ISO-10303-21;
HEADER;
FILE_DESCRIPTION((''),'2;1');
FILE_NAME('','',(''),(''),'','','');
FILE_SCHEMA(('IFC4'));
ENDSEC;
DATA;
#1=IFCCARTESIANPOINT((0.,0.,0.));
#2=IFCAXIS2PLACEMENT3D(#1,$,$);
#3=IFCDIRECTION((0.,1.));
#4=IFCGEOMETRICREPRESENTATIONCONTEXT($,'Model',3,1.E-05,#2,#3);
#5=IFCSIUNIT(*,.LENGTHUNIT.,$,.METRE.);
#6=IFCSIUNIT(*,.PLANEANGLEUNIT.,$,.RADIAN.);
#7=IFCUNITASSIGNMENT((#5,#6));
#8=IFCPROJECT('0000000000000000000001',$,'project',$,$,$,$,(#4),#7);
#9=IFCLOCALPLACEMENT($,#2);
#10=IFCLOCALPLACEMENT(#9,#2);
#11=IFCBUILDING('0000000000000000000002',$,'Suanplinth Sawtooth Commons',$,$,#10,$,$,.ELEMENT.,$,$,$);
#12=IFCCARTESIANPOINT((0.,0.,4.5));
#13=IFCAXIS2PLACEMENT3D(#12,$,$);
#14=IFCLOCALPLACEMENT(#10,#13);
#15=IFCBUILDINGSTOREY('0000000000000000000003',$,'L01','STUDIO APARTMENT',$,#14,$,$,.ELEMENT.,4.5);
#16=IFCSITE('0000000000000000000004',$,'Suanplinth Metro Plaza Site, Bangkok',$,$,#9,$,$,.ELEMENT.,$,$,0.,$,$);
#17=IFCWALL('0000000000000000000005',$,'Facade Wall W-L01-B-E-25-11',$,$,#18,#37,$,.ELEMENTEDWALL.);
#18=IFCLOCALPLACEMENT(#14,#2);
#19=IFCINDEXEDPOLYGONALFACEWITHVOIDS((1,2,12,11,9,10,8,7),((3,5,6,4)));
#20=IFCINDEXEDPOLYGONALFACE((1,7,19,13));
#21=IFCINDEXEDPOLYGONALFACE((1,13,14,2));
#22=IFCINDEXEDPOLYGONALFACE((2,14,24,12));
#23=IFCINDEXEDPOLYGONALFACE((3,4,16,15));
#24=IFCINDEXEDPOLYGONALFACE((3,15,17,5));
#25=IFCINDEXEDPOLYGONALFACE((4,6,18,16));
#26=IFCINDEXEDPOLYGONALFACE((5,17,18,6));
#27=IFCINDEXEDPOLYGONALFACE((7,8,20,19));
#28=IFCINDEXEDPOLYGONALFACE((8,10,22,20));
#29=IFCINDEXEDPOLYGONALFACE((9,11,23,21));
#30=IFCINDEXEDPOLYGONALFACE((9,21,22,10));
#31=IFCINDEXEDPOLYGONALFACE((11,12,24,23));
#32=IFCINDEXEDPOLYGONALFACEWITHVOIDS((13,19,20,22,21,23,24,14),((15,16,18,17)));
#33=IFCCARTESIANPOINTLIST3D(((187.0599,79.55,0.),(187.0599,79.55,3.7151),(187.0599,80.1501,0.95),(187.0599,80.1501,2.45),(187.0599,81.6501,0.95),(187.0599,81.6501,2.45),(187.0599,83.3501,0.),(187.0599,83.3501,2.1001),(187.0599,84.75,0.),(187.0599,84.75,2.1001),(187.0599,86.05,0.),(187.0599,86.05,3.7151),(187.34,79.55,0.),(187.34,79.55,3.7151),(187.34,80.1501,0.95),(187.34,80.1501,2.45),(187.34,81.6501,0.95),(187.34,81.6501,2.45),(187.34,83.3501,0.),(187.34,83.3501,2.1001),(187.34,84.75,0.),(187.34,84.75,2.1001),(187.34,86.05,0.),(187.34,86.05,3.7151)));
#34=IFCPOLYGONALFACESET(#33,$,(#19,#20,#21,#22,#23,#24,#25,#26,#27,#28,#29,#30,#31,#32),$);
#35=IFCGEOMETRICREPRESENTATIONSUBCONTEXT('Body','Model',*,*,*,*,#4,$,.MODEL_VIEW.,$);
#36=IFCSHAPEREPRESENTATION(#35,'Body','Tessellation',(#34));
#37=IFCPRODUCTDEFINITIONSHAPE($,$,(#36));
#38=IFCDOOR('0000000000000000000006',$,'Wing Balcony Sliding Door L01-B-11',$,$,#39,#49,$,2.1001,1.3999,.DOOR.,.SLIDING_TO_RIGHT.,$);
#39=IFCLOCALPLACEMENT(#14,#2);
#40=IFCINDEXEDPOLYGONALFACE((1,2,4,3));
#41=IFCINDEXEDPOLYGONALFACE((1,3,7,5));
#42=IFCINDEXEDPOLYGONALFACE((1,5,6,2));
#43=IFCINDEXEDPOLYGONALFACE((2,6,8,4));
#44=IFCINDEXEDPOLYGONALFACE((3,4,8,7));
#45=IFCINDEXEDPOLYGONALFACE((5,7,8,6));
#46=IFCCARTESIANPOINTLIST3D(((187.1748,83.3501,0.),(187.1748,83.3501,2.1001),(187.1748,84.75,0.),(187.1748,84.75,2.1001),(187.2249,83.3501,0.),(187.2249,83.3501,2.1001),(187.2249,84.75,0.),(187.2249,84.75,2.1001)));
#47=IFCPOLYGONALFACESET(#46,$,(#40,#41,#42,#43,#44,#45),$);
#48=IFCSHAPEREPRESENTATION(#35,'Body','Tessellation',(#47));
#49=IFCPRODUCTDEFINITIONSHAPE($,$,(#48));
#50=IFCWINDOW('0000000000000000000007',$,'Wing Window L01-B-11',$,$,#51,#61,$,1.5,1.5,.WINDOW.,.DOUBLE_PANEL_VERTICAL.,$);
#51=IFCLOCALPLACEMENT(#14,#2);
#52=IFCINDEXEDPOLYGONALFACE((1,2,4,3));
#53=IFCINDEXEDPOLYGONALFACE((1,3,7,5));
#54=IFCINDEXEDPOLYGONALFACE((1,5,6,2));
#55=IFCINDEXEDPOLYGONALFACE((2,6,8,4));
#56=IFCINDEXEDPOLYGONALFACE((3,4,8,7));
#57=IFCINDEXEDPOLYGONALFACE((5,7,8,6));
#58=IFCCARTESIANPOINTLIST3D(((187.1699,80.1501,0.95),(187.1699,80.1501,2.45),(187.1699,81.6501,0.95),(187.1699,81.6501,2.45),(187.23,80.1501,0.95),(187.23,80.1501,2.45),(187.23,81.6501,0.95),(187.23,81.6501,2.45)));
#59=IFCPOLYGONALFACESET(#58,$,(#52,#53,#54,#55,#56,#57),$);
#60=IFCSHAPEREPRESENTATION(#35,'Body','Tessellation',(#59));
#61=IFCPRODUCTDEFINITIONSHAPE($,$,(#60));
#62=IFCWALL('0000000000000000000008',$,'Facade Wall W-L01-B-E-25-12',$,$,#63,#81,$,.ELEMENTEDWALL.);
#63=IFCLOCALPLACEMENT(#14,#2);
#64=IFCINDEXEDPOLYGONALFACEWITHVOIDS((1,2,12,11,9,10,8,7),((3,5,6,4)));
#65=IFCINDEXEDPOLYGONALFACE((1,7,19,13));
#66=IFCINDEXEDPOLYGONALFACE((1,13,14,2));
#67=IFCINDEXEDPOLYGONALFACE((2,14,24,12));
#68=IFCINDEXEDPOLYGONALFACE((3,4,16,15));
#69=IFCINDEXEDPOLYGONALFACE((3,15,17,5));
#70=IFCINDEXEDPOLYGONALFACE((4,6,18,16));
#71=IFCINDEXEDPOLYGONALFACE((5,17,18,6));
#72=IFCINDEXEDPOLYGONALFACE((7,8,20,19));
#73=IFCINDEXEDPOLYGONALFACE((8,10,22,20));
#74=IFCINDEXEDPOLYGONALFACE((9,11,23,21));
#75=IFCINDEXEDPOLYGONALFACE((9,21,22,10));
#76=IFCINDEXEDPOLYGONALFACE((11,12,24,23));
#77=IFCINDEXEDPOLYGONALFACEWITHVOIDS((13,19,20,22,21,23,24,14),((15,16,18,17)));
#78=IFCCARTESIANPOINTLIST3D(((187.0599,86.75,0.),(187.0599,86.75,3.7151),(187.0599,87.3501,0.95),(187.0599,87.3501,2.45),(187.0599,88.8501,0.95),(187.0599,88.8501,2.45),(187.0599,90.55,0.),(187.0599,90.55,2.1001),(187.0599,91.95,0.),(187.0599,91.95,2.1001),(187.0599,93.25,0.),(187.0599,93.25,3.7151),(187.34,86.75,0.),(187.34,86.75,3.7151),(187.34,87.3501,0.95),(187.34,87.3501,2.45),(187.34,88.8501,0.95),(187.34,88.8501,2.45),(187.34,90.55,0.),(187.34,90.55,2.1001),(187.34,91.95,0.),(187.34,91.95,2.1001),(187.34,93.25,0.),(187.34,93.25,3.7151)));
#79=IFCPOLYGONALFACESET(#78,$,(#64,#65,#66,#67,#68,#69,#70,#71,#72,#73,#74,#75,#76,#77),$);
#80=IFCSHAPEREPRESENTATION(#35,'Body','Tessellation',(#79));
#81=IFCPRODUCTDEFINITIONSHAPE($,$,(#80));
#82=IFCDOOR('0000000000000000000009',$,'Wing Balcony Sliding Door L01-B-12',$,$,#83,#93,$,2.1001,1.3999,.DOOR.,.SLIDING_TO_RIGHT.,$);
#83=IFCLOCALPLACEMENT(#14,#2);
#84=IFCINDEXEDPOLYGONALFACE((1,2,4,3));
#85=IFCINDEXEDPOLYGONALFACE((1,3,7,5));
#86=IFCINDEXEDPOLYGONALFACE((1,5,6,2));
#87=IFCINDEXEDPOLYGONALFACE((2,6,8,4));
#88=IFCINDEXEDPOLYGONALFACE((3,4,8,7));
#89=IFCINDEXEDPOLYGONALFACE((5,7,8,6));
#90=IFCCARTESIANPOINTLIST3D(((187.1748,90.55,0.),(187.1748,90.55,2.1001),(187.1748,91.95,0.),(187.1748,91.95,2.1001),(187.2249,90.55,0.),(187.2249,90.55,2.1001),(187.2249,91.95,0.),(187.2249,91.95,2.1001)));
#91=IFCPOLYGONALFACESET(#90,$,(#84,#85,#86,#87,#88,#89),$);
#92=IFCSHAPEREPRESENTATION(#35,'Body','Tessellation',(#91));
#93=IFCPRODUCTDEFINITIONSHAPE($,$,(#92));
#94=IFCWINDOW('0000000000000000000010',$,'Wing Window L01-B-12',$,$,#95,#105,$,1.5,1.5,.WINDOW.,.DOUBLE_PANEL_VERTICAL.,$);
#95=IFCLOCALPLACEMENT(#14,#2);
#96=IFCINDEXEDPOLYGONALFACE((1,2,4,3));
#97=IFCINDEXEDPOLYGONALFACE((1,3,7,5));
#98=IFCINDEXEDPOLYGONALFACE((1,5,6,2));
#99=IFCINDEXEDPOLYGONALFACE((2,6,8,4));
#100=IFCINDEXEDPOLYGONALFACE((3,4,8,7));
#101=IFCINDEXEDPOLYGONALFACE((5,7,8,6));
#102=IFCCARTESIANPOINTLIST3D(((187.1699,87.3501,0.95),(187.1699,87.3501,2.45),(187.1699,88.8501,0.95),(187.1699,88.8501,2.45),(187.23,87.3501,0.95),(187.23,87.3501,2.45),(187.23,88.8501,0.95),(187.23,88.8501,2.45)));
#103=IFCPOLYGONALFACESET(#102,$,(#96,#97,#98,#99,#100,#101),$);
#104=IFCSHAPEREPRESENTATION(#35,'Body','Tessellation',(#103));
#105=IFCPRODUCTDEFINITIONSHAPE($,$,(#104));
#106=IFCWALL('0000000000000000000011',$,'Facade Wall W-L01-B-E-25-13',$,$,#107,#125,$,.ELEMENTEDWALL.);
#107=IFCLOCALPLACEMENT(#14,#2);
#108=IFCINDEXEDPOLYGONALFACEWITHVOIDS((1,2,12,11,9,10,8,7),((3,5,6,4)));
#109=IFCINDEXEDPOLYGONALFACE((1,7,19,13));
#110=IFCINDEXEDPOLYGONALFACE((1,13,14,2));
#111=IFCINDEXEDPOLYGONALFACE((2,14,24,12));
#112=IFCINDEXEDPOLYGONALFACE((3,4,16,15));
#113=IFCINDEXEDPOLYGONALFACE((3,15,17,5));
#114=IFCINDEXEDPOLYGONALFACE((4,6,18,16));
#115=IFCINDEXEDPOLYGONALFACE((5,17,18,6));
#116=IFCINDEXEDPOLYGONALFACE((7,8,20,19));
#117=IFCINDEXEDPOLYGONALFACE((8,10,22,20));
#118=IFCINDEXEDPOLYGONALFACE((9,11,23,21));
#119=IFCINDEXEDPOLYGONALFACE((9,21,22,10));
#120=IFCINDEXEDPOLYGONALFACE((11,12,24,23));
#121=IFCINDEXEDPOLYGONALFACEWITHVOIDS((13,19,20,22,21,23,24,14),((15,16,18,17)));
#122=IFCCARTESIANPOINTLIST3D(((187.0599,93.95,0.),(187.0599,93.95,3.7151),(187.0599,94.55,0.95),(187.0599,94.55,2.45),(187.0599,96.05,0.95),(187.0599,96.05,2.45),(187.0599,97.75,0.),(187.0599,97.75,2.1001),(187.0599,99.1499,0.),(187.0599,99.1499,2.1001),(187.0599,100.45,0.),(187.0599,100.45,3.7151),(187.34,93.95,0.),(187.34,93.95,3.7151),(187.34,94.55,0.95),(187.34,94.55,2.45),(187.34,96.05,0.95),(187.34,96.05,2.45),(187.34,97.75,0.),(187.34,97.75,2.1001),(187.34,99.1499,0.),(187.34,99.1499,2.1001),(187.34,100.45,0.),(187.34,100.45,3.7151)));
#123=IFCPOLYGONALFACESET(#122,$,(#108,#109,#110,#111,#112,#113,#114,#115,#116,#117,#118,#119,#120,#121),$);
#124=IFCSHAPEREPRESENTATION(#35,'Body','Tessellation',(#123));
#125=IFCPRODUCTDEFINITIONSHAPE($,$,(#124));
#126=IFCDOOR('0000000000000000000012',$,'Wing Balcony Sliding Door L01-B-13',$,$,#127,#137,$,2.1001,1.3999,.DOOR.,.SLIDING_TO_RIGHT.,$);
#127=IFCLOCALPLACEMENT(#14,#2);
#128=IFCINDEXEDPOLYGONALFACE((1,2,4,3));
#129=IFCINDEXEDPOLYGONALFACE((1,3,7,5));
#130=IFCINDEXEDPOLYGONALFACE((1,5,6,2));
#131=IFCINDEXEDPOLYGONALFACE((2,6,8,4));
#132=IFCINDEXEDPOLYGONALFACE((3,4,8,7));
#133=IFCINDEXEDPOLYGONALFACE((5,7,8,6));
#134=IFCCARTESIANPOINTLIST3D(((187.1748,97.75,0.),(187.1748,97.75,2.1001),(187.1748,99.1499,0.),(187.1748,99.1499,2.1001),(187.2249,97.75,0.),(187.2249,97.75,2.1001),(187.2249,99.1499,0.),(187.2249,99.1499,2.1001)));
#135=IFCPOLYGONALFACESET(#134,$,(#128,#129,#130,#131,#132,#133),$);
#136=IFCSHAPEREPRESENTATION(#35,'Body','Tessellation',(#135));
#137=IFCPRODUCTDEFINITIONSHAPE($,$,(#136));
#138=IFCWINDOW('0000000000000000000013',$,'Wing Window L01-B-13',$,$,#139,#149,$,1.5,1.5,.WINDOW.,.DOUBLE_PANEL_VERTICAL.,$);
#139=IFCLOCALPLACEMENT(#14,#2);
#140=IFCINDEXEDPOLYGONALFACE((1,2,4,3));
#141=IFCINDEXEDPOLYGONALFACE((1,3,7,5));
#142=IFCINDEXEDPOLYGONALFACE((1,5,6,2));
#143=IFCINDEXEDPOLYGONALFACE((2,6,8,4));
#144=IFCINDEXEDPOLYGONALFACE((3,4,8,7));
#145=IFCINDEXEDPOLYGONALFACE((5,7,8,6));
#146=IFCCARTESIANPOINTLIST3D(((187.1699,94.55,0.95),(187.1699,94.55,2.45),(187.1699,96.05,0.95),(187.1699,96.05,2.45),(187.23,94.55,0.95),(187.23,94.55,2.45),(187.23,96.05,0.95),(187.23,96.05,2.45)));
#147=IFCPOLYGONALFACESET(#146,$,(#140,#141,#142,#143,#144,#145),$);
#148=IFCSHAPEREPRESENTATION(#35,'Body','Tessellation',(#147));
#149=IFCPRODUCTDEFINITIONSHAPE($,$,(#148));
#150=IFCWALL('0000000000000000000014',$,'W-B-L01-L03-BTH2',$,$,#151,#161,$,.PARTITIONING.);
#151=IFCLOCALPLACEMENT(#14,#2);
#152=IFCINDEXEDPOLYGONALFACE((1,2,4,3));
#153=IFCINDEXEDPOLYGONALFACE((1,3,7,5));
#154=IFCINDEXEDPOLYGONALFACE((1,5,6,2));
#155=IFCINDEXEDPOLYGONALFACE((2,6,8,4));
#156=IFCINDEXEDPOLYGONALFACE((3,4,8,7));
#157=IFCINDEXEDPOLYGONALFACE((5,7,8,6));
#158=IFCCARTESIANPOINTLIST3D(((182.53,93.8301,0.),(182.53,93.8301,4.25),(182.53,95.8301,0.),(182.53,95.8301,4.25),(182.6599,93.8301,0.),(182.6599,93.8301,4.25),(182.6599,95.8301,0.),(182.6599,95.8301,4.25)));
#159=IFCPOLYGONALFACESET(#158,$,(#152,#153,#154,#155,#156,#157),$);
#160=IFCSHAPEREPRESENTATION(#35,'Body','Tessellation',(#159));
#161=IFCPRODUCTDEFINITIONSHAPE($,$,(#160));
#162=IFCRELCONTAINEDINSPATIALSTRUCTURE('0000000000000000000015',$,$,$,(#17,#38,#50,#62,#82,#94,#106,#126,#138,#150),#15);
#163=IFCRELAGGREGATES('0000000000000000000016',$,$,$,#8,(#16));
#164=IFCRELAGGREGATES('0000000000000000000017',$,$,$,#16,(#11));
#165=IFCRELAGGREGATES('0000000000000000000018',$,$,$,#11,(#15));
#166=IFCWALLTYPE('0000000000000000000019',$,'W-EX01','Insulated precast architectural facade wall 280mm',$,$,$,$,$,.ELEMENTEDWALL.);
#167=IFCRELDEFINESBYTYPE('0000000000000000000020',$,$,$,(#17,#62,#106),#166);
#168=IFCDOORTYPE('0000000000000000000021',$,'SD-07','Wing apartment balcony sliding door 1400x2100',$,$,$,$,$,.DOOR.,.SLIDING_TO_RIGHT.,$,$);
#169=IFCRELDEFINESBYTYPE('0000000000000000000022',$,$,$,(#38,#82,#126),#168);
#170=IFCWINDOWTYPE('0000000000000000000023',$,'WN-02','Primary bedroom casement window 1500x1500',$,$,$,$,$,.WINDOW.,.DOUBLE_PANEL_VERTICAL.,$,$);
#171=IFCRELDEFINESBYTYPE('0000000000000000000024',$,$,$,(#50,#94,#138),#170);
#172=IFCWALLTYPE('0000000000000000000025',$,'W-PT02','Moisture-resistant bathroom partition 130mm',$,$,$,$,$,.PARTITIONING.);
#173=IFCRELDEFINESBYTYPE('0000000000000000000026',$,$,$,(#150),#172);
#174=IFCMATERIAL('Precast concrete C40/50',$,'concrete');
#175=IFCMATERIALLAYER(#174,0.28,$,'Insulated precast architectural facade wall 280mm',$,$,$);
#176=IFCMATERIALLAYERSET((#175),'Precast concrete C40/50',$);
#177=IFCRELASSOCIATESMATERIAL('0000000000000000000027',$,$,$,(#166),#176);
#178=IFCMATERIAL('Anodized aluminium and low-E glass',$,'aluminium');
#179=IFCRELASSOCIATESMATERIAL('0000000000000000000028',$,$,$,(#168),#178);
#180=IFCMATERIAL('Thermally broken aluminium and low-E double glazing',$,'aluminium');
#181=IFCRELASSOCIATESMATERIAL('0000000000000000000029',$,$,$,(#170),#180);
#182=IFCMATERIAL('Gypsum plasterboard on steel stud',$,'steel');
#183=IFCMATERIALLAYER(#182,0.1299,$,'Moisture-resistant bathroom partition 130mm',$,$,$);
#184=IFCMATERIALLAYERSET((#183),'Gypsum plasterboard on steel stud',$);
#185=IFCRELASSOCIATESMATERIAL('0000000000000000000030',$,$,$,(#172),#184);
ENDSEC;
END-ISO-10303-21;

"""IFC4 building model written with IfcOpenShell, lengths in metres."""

from ifc_helpers import new_model, si_unit, direction, frame, frame_2d, origin, place, context, subcontext, project, spatial, rectangle, extrude, material, layer, layer_set, type_object, element, fill, save


model = new_model("IFC4")

# Units and contexts
model_context = context("Model", 3, precision=1e-05, world=origin(), true_north=direction((0.0, 1.0)))
body_context = subcontext(model_context, "Body", "Model", "MODEL_VIEW")
ifc_project = project(units=[si_unit("LENGTHUNIT", "METRE"), si_unit("PLANEANGLEUNIT", "RADIAN")], contexts=[model_context])

# Site, building, storey
site_placement = place(None, origin())
site = spatial("IfcSite", under=ifc_project, at=site_placement, Name="Suanplinth Metro Plaza Site, Bangkok", CompositionType="ELEMENT", RefElevation=0.0)
building_placement = place(site_placement, origin())
building = spatial("IfcBuilding", under=site, at=building_placement, Name="Suanplinth Sawtooth Commons", CompositionType="ELEMENT")
storey_placement = place(building_placement, frame((0.0, 0.0, 4.5)))
storey = spatial("IfcBuildingStorey", under=building, at=storey_placement, Name="L01", Description="STUDIO APARTMENT", CompositionType="ELEMENT", Elevation=4.5)

# Shared definitions
ifc_material_1 = material(Name="Precast concrete C40/50", Category="concrete")

# Walls, openings, doors, windows
ifc_layer_1 = layer(ifc_material_1, 0.28, Name="Insulated precast architectural facade wall 280mm")
ifc_layer_set_1 = layer_set([ifc_layer_1], Name="Precast concrete C40/50")
wall_type_1 = type_object("IfcWallType", Name="W-EX01", Description="Insulated precast architectural facade wall 280mm", PredefinedType="ELEMENTEDWALL", material=ifc_layer_set_1)
wall_1_placement = place(storey_placement, frame((187.2, 79.55, 0.0), z_axis=(0.0, 0.0, 1.0), x_axis=(0.0, 1.0, 0.0)))
wall_1 = element("IfcWall", 1, at=wall_1_placement, inside=storey, type_object=wall_type_1, Name="Facade Wall W-L01-B-E-25-11", PredefinedType="ELEMENTEDWALL", context=body_context, shape_type="SweptSolid", body=[
    extrude(rectangle(XDim=6.5, YDim=0.28, at=frame_2d((3.25, 0.0))), origin(), (0.0, 0.0, 1.0), 3.7151),
])
opening_1_placement = place(wall_1_placement, frame((3.8, 0.0, 0.0)))
opening_1 = element("IfcOpeningElement", 2, at=opening_1_placement, cuts=wall_1, PredefinedType="OPENING", context=body_context, shape_type="SweptSolid", body=[
    extrude(rectangle(XDim=1.3999, YDim=2.1001, at=frame_2d((0.7, 1.05))), frame((0.0, 0.1548, 0.0), z_axis=(0.0, -1.0, 0.0), x_axis=(1.0, 0.0, 0.0)), (0.0, 0.0, 1.0), 0.3098),
])
opening_2_placement = place(wall_1_placement, frame((0.6001, 0.0, 0.95)))
opening_2 = element("IfcOpeningElement", 3, at=opening_2_placement, cuts=wall_1, PredefinedType="OPENING", context=body_context, shape_type="SweptSolid", body=[
    extrude(rectangle(XDim=1.5, YDim=1.5, at=frame_2d((0.75, 0.75))), frame((0.0, 0.1548, 0.0), z_axis=(0.0, -1.0, 0.0), x_axis=(1.0, 0.0, 0.0)), (0.0, 0.0, 1.0), 0.3098),
])
ifc_material_2 = material(Name="Anodized aluminium and low-E glass", Category="aluminium")
door_type = type_object("IfcDoorType", Name="SD-07", Description="Wing apartment balcony sliding door 1400x2100", OperationType="SLIDING_TO_RIGHT", PredefinedType="DOOR", material=ifc_material_2)
door_1_placement = place(opening_1_placement, frame((1.3999, 0.0, 0.0), z_axis=(0.0, 0.0, 1.0), x_axis=(-1.0, 0.0, 0.0)))
door_1 = element("IfcDoor", 4, at=door_1_placement, inside=storey, type_object=door_type, Name="Wing Balcony Sliding Door L01-B-11", OperationType="SLIDING_TO_RIGHT", OverallHeight=2.1001, OverallWidth=1.3999, PredefinedType="DOOR", context=body_context, shape_type="SweptSolid", body=[
    extrude(rectangle(XDim=1.3999, YDim=2.1001, at=frame_2d((0.7, 1.05))), frame((0.0, 0.0249, 0.0), z_axis=(0.0, -1.0, 0.0), x_axis=(1.0, 0.0, 0.0)), (0.0, 0.0, 1.0), 0.05),
])
fill(opening_1, door_1)
ifc_material_3 = material(Name="Thermally broken aluminium and low-E double glazing", Category="aluminium")
window_type = type_object("IfcWindowType", Name="WN-02", Description="Primary bedroom casement window 1500x1500", PartitioningType="DOUBLE_PANEL_VERTICAL", PredefinedType="WINDOW", material=ifc_material_3)
window_1_placement = place(opening_2_placement, origin())
window_1 = element("IfcWindow", 5, at=window_1_placement, inside=storey, type_object=window_type, Name="Wing Window L01-B-11", OverallHeight=1.5, OverallWidth=1.5, PartitioningType="DOUBLE_PANEL_VERTICAL", PredefinedType="WINDOW", context=body_context, shape_type="SweptSolid", body=[
    extrude(rectangle(XDim=1.5, YDim=1.5, at=frame_2d((0.75, 0.75))), frame((0.0, 0.03, 0.0), z_axis=(0.0, -1.0, 0.0), x_axis=(1.0, 0.0, 0.0)), (0.0, 0.0, 1.0), 0.0601),
])
fill(opening_2, window_1)
wall_2_placement = place(storey_placement, frame((187.2, 86.75, 0.0), z_axis=(0.0, 0.0, 1.0), x_axis=(0.0, 1.0, 0.0)))
wall_2 = element("IfcWall", 6, at=wall_2_placement, inside=storey, type_object=wall_type_1, Name="Facade Wall W-L01-B-E-25-12", PredefinedType="ELEMENTEDWALL", context=body_context, shape_type="SweptSolid", body=[
    extrude(rectangle(XDim=6.5, YDim=0.28, at=frame_2d((3.25, 0.0))), origin(), (0.0, 0.0, 1.0), 3.7151),
])
opening_3_placement = place(wall_2_placement, frame((3.8, 0.0, 0.0)))
opening_3 = element("IfcOpeningElement", 7, at=opening_3_placement, cuts=wall_2, PredefinedType="OPENING", context=body_context, shape_type="SweptSolid", body=[
    extrude(rectangle(XDim=1.3999, YDim=2.1001, at=frame_2d((0.7, 1.05))), frame((0.0, 0.1548, 0.0), z_axis=(0.0, -1.0, 0.0), x_axis=(1.0, 0.0, 0.0)), (0.0, 0.0, 1.0), 0.3098),
])
opening_4_placement = place(wall_2_placement, frame((0.6001, 0.0, 0.95)))
opening_4 = element("IfcOpeningElement", 8, at=opening_4_placement, cuts=wall_2, PredefinedType="OPENING", context=body_context, shape_type="SweptSolid", body=[
    extrude(rectangle(XDim=1.5, YDim=1.5, at=frame_2d((0.75, 0.75))), frame((0.0, 0.1548, 0.0), z_axis=(0.0, -1.0, 0.0), x_axis=(1.0, 0.0, 0.0)), (0.0, 0.0, 1.0), 0.3098),
])
door_2_placement = place(opening_3_placement, frame((1.3999, 0.0, 0.0), z_axis=(0.0, 0.0, 1.0), x_axis=(-1.0, 0.0, 0.0)))
door_2 = element("IfcDoor", 9, at=door_2_placement, inside=storey, type_object=door_type, Name="Wing Balcony Sliding Door L01-B-12", OperationType="SLIDING_TO_RIGHT", OverallHeight=2.1001, OverallWidth=1.3999, PredefinedType="DOOR", context=body_context, shape_type="SweptSolid", body=[
    extrude(rectangle(XDim=1.3999, YDim=2.1001, at=frame_2d((0.7, 1.05))), frame((0.0, 0.0249, 0.0), z_axis=(0.0, -1.0, 0.0), x_axis=(1.0, 0.0, 0.0)), (0.0, 0.0, 1.0), 0.05),
])
fill(opening_3, door_2)
window_2_placement = place(opening_4_placement, origin())
window_2 = element("IfcWindow", 10, at=window_2_placement, inside=storey, type_object=window_type, Name="Wing Window L01-B-12", OverallHeight=1.5, OverallWidth=1.5, PartitioningType="DOUBLE_PANEL_VERTICAL", PredefinedType="WINDOW", context=body_context, shape_type="SweptSolid", body=[
    extrude(rectangle(XDim=1.5, YDim=1.5, at=frame_2d((0.75, 0.75))), frame((0.0, 0.03, 0.0), z_axis=(0.0, -1.0, 0.0), x_axis=(1.0, 0.0, 0.0)), (0.0, 0.0, 1.0), 0.0601),
])
fill(opening_4, window_2)
wall_3_placement = place(storey_placement, frame((187.2, 93.95, 0.0), z_axis=(0.0, 0.0, 1.0), x_axis=(0.0, 1.0, 0.0)))
wall_3 = element("IfcWall", 11, at=wall_3_placement, inside=storey, type_object=wall_type_1, Name="Facade Wall W-L01-B-E-25-13", PredefinedType="ELEMENTEDWALL", context=body_context, shape_type="SweptSolid", body=[
    extrude(rectangle(XDim=6.5, YDim=0.28, at=frame_2d((3.25, 0.0))), origin(), (0.0, 0.0, 1.0), 3.7151),
])
opening_5_placement = place(wall_3_placement, frame((3.8, 0.0, 0.0)))
opening_5 = element("IfcOpeningElement", 12, at=opening_5_placement, cuts=wall_3, PredefinedType="OPENING", context=body_context, shape_type="SweptSolid", body=[
    extrude(rectangle(XDim=1.3999, YDim=2.1001, at=frame_2d((0.7, 1.05))), frame((0.0, 0.1548, 0.0), z_axis=(0.0, -1.0, 0.0), x_axis=(1.0, 0.0, 0.0)), (0.0, 0.0, 1.0), 0.3098),
])
opening_6_placement = place(wall_3_placement, frame((0.6001, 0.0, 0.95)))
opening_6 = element("IfcOpeningElement", 13, at=opening_6_placement, cuts=wall_3, PredefinedType="OPENING", context=body_context, shape_type="SweptSolid", body=[
    extrude(rectangle(XDim=1.5, YDim=1.5, at=frame_2d((0.75, 0.75))), frame((0.0, 0.1548, 0.0), z_axis=(0.0, -1.0, 0.0), x_axis=(1.0, 0.0, 0.0)), (0.0, 0.0, 1.0), 0.3098),
])
door_3_placement = place(opening_5_placement, frame((1.3999, 0.0, 0.0), z_axis=(0.0, 0.0, 1.0), x_axis=(-1.0, 0.0, 0.0)))
door_3 = element("IfcDoor", 14, at=door_3_placement, inside=storey, type_object=door_type, Name="Wing Balcony Sliding Door L01-B-13", OperationType="SLIDING_TO_RIGHT", OverallHeight=2.1001, OverallWidth=1.3999, PredefinedType="DOOR", context=body_context, shape_type="SweptSolid", body=[
    extrude(rectangle(XDim=1.3999, YDim=2.1001, at=frame_2d((0.7, 1.05))), frame((0.0, 0.0249, 0.0), z_axis=(0.0, -1.0, 0.0), x_axis=(1.0, 0.0, 0.0)), (0.0, 0.0, 1.0), 0.05),
])
fill(opening_5, door_3)
window_3_placement = place(opening_6_placement, origin())
window_3 = element("IfcWindow", 15, at=window_3_placement, inside=storey, type_object=window_type, Name="Wing Window L01-B-13", OverallHeight=1.5, OverallWidth=1.5, PartitioningType="DOUBLE_PANEL_VERTICAL", PredefinedType="WINDOW", context=body_context, shape_type="SweptSolid", body=[
    extrude(rectangle(XDim=1.5, YDim=1.5, at=frame_2d((0.75, 0.75))), frame((0.0, 0.03, 0.0), z_axis=(0.0, -1.0, 0.0), x_axis=(1.0, 0.0, 0.0)), (0.0, 0.0, 1.0), 0.0601),
])
fill(opening_6, window_3)

# Wall
ifc_material_4 = material(Name="Gypsum plasterboard on steel stud", Category="steel")
ifc_layer_2 = layer(ifc_material_4, 0.1299, Name="Moisture-resistant bathroom partition 130mm")
ifc_layer_set_2 = layer_set([ifc_layer_2], Name="Gypsum plasterboard on steel stud")
wall_type_2 = type_object("IfcWallType", Name="W-PT02", Description="Moisture-resistant bathroom partition 130mm", PredefinedType="PARTITIONING", material=ifc_layer_set_2)
wall_4_placement = place(storey_placement, frame((182.595, 93.8301, 0.0), z_axis=(0.0, 0.0, 1.0), x_axis=(0.0, 1.0, 0.0)))
element("IfcWall", 16, at=wall_4_placement, inside=storey, type_object=wall_type_2, Name="W-B-L01-L03-BTH2", PredefinedType="PARTITIONING", context=body_context, shape_type="SweptSolid", body=[
    extrude(rectangle(XDim=2.0, YDim=0.1299, at=frame_2d((1.0, 0.0))), origin(), (0.0, 0.0, 1.0), 4.25),
])

save(model, "model.ifc")
